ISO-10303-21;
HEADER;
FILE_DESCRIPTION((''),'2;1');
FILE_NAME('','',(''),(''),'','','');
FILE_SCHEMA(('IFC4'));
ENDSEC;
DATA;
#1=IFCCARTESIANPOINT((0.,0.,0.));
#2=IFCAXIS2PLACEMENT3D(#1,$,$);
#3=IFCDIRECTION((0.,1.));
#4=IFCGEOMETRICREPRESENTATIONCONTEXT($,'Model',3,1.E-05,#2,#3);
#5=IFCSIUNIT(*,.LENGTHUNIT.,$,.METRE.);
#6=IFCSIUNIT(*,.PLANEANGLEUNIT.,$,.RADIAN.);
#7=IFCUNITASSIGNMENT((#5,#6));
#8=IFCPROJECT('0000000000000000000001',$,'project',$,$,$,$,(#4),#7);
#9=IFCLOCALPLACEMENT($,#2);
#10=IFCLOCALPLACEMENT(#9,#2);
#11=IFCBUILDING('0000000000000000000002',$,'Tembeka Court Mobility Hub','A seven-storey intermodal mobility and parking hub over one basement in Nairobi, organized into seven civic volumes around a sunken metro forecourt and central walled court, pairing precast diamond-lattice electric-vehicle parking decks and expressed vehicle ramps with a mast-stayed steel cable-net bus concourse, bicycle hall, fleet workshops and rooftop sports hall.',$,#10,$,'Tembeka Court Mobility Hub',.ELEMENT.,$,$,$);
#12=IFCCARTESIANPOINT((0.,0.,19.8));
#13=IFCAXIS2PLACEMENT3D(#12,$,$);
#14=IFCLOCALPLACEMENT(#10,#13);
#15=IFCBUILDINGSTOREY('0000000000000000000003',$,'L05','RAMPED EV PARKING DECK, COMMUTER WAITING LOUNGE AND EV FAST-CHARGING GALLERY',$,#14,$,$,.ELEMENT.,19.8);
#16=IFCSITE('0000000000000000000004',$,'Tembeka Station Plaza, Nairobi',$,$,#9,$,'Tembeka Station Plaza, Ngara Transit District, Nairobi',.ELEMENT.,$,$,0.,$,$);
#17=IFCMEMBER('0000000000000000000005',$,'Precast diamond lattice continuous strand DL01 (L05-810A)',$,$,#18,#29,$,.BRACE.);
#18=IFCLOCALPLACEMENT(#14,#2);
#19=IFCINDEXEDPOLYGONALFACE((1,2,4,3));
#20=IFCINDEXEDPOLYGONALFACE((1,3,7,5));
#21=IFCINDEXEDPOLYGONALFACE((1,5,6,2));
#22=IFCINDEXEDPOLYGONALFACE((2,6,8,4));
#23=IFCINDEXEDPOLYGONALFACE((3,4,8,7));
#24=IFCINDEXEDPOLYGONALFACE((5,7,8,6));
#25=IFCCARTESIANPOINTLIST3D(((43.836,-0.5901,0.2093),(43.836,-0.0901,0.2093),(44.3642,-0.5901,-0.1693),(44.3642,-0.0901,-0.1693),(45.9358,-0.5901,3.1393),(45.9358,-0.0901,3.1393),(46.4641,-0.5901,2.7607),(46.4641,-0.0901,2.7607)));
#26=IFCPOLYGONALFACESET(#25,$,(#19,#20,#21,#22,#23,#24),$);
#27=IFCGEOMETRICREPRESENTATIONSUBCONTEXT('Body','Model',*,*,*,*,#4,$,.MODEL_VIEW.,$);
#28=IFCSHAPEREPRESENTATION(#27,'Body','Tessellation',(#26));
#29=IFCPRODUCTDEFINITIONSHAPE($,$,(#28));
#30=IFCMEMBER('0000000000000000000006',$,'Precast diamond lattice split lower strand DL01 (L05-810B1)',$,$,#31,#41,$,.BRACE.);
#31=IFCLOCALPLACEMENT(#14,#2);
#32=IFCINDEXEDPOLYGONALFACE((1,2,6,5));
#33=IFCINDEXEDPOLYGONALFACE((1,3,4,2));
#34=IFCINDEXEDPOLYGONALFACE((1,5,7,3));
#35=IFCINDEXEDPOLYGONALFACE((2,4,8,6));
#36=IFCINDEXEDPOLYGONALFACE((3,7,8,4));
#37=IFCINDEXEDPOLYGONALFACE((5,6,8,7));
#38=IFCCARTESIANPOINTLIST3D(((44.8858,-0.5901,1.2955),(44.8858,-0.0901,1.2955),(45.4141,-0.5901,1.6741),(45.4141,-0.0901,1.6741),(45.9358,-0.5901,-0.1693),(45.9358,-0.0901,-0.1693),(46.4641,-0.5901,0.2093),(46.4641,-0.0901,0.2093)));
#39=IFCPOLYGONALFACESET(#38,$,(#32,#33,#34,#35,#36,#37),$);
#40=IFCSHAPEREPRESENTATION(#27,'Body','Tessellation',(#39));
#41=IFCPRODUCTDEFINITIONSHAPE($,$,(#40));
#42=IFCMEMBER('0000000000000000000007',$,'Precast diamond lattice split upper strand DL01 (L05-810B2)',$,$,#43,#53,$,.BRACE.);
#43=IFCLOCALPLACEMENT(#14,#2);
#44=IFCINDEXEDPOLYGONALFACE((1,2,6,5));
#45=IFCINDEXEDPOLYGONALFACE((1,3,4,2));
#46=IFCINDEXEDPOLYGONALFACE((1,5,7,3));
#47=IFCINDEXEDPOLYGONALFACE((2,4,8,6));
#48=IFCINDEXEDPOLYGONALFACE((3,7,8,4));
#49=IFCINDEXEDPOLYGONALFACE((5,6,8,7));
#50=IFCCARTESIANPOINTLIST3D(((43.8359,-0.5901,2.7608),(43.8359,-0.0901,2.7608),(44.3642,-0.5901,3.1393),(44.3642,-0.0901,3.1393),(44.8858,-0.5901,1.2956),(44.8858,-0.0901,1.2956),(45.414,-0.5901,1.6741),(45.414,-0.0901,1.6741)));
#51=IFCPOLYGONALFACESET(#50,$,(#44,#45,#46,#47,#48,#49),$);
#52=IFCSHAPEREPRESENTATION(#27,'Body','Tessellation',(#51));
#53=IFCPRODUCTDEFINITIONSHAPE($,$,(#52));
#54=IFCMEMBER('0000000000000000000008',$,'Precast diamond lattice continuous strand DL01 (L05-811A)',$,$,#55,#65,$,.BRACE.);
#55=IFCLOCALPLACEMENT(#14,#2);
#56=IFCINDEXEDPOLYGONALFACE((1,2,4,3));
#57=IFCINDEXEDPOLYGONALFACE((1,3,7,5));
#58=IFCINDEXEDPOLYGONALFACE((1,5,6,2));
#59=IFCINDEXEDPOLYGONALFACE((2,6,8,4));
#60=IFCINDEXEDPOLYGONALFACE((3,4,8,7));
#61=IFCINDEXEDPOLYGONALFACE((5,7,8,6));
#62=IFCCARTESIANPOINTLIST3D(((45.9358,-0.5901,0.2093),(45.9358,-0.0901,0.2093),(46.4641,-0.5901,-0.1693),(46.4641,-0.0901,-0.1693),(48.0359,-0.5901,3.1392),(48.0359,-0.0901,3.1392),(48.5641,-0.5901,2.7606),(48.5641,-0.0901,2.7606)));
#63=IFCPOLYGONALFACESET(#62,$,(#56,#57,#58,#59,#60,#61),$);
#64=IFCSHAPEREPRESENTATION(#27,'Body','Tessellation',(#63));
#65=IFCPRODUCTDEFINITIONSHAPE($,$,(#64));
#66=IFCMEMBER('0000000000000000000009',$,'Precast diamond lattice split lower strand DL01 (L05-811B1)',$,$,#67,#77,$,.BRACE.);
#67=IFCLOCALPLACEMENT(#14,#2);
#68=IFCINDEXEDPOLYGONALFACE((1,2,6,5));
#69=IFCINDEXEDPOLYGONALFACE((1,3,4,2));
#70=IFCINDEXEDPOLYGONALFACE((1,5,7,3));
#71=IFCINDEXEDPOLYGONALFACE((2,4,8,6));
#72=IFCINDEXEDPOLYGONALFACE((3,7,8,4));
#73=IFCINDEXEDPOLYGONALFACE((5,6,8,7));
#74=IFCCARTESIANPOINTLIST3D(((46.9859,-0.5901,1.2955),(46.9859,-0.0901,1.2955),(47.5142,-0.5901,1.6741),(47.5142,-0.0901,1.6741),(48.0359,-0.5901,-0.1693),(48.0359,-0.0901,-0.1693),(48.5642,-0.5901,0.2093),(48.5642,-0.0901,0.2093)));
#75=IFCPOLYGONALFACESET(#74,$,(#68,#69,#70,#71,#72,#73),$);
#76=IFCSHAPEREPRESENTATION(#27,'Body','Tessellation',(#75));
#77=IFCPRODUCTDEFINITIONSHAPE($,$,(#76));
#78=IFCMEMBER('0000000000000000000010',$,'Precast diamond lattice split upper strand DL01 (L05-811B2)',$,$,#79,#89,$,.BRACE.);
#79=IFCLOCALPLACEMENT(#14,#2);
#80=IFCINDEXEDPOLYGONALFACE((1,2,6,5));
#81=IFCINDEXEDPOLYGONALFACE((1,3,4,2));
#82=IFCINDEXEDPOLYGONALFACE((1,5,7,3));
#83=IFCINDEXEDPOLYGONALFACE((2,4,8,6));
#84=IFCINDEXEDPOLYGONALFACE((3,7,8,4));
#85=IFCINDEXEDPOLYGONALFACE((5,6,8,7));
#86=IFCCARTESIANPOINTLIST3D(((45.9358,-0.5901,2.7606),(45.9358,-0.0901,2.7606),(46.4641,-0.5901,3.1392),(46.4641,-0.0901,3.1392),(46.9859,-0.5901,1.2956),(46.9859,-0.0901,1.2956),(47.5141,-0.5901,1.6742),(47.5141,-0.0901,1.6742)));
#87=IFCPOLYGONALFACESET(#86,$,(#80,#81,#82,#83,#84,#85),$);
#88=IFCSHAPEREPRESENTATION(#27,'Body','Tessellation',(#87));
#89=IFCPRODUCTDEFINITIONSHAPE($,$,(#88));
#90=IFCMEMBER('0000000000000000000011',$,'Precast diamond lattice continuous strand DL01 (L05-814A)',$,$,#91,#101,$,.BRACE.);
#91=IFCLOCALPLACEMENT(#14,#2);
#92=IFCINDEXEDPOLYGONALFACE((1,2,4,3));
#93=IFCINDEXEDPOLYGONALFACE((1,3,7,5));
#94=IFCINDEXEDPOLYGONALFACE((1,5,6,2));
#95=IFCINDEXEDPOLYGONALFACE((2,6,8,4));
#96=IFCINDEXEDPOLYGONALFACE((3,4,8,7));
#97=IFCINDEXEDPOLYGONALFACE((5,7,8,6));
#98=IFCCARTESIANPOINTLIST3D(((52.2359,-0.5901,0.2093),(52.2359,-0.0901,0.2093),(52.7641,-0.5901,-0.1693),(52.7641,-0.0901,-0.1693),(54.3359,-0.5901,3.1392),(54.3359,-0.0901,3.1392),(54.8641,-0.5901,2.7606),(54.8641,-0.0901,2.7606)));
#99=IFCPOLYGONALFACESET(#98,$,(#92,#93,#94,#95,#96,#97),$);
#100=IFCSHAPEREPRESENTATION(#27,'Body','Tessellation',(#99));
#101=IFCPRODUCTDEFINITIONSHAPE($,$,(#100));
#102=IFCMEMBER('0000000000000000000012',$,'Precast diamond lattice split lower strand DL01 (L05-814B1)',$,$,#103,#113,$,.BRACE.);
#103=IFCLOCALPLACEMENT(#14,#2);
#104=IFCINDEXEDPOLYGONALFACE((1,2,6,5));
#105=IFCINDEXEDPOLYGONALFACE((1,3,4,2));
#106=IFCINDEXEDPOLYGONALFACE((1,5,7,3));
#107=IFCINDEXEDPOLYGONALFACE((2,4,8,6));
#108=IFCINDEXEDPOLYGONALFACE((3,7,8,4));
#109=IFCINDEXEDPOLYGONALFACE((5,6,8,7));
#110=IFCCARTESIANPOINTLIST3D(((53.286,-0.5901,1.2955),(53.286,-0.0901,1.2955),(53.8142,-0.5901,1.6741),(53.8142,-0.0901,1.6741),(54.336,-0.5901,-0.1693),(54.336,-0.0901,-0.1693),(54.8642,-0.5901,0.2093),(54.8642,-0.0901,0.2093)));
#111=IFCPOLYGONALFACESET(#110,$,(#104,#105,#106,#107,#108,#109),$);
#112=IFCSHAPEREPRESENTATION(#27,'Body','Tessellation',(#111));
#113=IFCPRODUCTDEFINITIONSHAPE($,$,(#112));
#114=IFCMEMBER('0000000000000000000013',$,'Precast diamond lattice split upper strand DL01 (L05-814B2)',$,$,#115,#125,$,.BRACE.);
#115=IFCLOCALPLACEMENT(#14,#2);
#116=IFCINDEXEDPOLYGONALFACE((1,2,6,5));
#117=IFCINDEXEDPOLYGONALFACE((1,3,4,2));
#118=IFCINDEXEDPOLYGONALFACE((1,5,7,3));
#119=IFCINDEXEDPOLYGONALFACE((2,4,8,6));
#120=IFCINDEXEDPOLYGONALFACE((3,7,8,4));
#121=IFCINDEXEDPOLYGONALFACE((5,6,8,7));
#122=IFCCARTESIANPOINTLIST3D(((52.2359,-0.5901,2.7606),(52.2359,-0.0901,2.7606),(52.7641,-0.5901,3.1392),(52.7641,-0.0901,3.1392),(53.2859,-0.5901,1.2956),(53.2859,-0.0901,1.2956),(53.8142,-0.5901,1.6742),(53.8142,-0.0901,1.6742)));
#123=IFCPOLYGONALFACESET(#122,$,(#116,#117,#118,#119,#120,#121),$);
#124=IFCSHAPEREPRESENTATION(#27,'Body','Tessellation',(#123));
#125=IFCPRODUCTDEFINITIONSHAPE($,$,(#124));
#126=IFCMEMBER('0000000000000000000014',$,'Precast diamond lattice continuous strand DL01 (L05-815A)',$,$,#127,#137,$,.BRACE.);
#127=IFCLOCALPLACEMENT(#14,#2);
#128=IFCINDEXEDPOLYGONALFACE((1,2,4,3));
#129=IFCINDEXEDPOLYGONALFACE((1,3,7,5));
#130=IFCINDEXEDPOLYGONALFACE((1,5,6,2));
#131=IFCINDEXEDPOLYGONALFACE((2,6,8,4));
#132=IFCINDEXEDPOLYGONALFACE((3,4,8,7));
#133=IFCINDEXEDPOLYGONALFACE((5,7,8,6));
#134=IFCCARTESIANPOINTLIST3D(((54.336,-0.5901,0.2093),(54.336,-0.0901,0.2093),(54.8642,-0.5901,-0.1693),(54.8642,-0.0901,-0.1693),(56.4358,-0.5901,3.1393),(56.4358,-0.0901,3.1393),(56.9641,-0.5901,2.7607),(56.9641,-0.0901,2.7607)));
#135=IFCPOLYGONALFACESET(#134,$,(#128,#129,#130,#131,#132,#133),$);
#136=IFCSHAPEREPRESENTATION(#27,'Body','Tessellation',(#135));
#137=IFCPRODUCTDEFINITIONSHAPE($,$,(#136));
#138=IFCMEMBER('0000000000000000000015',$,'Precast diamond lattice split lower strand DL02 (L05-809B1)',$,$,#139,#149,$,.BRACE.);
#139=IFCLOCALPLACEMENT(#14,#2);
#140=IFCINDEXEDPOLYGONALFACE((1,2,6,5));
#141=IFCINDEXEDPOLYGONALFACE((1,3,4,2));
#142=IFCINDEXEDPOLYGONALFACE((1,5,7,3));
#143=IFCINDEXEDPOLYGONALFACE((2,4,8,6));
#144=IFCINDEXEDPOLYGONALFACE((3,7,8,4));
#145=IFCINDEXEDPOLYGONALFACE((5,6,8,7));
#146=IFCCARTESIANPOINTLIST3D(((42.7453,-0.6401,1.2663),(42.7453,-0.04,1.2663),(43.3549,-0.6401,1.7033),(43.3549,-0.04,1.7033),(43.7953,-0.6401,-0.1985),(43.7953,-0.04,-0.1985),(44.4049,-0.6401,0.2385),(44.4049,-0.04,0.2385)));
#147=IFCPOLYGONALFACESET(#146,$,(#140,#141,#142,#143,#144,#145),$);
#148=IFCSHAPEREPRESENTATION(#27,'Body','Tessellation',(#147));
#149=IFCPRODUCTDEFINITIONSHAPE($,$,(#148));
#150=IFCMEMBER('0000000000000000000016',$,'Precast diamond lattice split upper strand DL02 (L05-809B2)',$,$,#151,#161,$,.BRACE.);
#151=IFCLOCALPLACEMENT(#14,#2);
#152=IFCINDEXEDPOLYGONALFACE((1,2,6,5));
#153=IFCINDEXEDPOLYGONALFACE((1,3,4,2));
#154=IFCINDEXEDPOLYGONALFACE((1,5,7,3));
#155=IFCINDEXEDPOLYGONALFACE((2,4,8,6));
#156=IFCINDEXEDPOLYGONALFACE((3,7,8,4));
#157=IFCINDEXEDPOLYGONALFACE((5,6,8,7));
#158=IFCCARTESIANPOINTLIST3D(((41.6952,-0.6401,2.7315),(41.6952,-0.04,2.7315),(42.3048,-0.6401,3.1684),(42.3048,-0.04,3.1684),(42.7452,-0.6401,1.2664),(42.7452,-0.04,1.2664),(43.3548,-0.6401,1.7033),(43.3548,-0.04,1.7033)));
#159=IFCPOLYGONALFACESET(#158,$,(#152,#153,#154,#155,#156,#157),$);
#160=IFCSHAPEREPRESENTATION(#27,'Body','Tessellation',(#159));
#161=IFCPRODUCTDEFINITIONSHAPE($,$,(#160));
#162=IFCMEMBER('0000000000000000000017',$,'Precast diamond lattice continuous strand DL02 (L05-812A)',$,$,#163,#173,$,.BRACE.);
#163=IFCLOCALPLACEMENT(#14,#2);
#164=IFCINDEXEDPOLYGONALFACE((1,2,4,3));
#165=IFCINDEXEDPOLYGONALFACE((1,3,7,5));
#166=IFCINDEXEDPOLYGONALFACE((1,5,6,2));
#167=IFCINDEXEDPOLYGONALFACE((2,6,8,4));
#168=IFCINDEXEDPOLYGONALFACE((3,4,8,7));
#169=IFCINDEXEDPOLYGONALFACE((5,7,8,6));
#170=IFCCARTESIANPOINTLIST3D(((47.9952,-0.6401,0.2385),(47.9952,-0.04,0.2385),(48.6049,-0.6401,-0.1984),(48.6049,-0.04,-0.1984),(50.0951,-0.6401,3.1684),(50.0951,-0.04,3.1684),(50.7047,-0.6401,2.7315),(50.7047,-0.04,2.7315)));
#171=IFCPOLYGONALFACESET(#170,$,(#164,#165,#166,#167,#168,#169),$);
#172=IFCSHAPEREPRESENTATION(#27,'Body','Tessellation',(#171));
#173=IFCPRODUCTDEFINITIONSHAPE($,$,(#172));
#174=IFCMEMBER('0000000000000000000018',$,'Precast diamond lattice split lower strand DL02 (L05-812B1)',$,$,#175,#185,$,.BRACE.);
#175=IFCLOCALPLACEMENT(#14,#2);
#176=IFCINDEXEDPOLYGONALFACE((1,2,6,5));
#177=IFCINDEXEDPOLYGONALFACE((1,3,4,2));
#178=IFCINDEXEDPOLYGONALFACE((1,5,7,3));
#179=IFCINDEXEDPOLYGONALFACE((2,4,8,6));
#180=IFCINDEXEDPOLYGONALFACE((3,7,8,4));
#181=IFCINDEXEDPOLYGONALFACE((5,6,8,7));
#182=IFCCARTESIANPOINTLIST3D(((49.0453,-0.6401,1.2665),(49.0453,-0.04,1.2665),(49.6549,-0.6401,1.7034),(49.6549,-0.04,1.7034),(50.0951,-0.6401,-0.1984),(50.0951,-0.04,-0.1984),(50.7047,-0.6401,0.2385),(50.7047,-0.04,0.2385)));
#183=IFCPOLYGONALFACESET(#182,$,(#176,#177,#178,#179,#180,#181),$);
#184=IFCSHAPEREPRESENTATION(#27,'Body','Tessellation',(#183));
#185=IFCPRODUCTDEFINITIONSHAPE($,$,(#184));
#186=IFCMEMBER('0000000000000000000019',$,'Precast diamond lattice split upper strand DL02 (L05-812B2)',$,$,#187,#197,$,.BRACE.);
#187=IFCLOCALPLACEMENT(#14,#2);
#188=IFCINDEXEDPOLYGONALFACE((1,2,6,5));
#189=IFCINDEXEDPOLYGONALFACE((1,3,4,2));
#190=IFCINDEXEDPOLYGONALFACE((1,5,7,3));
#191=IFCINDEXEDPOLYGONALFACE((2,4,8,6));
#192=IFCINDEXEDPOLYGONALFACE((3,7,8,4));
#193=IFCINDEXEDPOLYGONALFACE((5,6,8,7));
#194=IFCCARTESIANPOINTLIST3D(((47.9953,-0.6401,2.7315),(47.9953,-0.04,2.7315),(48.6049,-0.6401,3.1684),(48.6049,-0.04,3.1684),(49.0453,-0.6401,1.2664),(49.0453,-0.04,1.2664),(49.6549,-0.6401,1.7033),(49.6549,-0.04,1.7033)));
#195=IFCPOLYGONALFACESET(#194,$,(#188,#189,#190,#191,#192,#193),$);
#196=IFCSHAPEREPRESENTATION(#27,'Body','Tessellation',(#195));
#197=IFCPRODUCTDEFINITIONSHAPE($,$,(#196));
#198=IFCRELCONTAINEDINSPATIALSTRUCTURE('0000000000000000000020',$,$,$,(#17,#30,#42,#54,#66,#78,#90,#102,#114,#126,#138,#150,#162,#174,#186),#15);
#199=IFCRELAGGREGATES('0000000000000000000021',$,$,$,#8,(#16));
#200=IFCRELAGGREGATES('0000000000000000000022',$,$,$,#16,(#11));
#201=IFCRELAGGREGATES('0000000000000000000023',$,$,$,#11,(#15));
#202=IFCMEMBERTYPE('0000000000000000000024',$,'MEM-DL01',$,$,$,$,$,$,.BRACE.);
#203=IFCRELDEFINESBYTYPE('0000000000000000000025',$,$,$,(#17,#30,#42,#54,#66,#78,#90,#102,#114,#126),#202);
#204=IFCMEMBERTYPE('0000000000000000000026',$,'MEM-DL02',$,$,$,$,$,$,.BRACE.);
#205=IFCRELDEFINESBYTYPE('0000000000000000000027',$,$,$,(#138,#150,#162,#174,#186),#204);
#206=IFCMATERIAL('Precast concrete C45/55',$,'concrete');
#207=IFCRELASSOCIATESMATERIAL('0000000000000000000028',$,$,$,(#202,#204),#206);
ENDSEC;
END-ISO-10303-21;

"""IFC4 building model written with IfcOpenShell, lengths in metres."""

from ifc_helpers import new_model, si_unit, direction, frame, origin, origin_2d, place, context, subcontext, project, spatial, rectangle, extrude, material, material_profile, profile_set, type_object, element, save


model = new_model("IFC4")

# Units and contexts
model_context = context("Model", 3, precision=1e-05, world=origin(), true_north=direction((0.0, 1.0)))
body_context = subcontext(model_context, "Body", "Model", "MODEL_VIEW")
ifc_project = project(units=[si_unit("LENGTHUNIT", "METRE"), si_unit("PLANEANGLEUNIT", "RADIAN")], contexts=[model_context])

# Site, building, storey
site_placement = place(None, origin())
site = spatial("IfcSite", under=ifc_project, at=site_placement, Name="Tembeka Station Plaza, Nairobi", LongName="Tembeka Station Plaza, Ngara Transit District, Nairobi", CompositionType="ELEMENT", RefElevation=0.0)
building_placement = place(site_placement, origin())
building = spatial("IfcBuilding", under=site, at=building_placement, Name="Tembeka Court Mobility Hub", Description="A seven-storey intermodal mobility and parking hub over one basement in Nairobi, organized into seven civic volumes around a sunken metro forecourt and central walled court, pairing precast diamond-lattice electric-vehicle parking decks and expressed vehicle ramps with a mast-stayed steel cable-net bus concourse, bicycle hall, fleet workshops and rooftop sports hall.", LongName="Tembeka Court Mobility Hub", CompositionType="ELEMENT")
storey_placement = place(building_placement, frame((0.0, 0.0, 19.8)))
storey = spatial("IfcBuildingStorey", under=building, at=storey_placement, Name="L05", Description="RAMPED EV PARKING DECK, COMMUTER WAITING LOUNGE AND EV FAST-CHARGING GALLERY", CompositionType="ELEMENT", Elevation=19.8)

# Members
ifc_material = material(Name="Precast concrete C45/55", Category="concrete")
ifc_material_profile_1 = material_profile(ifc_material, rectangle(XDim=0.5, YDim=0.6499, at=origin_2d()), Name="PC-DIAG 500x650")
ifc_profile_set_1 = profile_set([ifc_material_profile_1], Name="Precast concrete C45/55")
member_type_1 = type_object("IfcMemberType", Name="MEM-DL01", PredefinedType="BRACE", material=ifc_profile_set_1)
member_1_placement = place(storey_placement, frame((44.1001, -0.3401, 0.02), z_axis=(0.582532, 0.0, 0.812808), x_axis=(0.0, 1.0, 0.0)))
element("IfcMember", 1, at=member_1_placement, inside=storey, type_object=member_type_1, Name="Precast diamond lattice continuous strand DL01 (L05-810A)", PredefinedType="BRACE", context=body_context, shape_type="SweptSolid", body=[
    extrude(rectangle(XDim=0.5, YDim=0.6499, at=origin_2d()), origin(), (0.0, 0.0, 1.0), 3.6047),
])
member_2_placement = place(storey_placement, frame((46.2, -0.3401, 0.02), z_axis=(-0.582608, 0.0, 0.812753), x_axis=(0.0, -1.0, 0.0)))
element("IfcMember", 2, at=member_2_placement, inside=storey, type_object=member_type_1, Name="Precast diamond lattice split lower strand DL01 (L05-810B1)", PredefinedType="BRACE", context=body_context, shape_type="SweptSolid", body=[
    extrude(rectangle(XDim=0.5, YDim=0.6499, at=origin_2d()), origin(), (0.0, 0.0, 1.0), 1.8022),
])
member_3_placement = place(storey_placement, frame((45.1499, -0.3401, 1.4849), z_axis=(-0.582455, 0.0, 0.812863), x_axis=(0.0, -1.0, 0.0)))
element("IfcMember", 3, at=member_3_placement, inside=storey, type_object=member_type_1, Name="Precast diamond lattice split upper strand DL01 (L05-810B2)", PredefinedType="BRACE", context=body_context, shape_type="SweptSolid", body=[
    extrude(rectangle(XDim=0.5, YDim=0.6499, at=origin_2d()), origin(), (0.0, 0.0, 1.0), 1.8025),
])
member_4_placement = place(storey_placement, frame((46.2, -0.3401, 0.02), z_axis=(0.582576, 0.0, 0.812776), x_axis=(0.0, 1.0, 0.0)))
element("IfcMember", 4, at=member_4_placement, inside=storey, type_object=member_type_1, Name="Precast diamond lattice continuous strand DL01 (L05-811A)", PredefinedType="BRACE", context=body_context, shape_type="SweptSolid", body=[
    extrude(rectangle(XDim=0.5, YDim=0.6499, at=origin_2d()), origin(), (0.0, 0.0, 1.0), 3.6047),
])
member_5_placement = place(storey_placement, frame((48.3, -0.3401, 0.02), z_axis=(-0.582608, 0.0, 0.812753), x_axis=(0.0, -1.0, 0.0)))
element("IfcMember", 5, at=member_5_placement, inside=storey, type_object=member_type_1, Name="Precast diamond lattice split lower strand DL01 (L05-811B1)", PredefinedType="BRACE", context=body_context, shape_type="SweptSolid", body=[
    extrude(rectangle(XDim=0.5, YDim=0.6499, at=origin_2d()), origin(), (0.0, 0.0, 1.0), 1.8022),
])
member_6_placement = place(storey_placement, frame((47.25, -0.3401, 1.4849), z_axis=(-0.582544, 0.0, 0.812799), x_axis=(0.0, -1.0, 0.0)))
element("IfcMember", 6, at=member_6_placement, inside=storey, type_object=member_type_1, Name="Precast diamond lattice split upper strand DL01 (L05-811B2)", PredefinedType="BRACE", context=body_context, shape_type="SweptSolid", body=[
    extrude(rectangle(XDim=0.5, YDim=0.6499, at=origin_2d()), origin(), (0.0, 0.0, 1.0), 1.8025),
])
member_7_placement = place(storey_placement, frame((52.5, -0.3401, 0.02), z_axis=(0.582576, 0.0, 0.812776), x_axis=(0.0, 1.0, 0.0)))
element("IfcMember", 7, at=member_7_placement, inside=storey, type_object=member_type_1, Name="Precast diamond lattice continuous strand DL01 (L05-814A)", PredefinedType="BRACE", context=body_context, shape_type="SweptSolid", body=[
    extrude(rectangle(XDim=0.5, YDim=0.6499, at=origin_2d()), origin(), (0.0, 0.0, 1.0), 3.6047),
])
member_8_placement = place(storey_placement, frame((54.6001, -0.3401, 0.02), z_axis=(-0.582608, 0.0, 0.812753), x_axis=(0.0, -1.0, 0.0)))
element("IfcMember", 8, at=member_8_placement, inside=storey, type_object=member_type_1, Name="Precast diamond lattice split lower strand DL01 (L05-814B1)", PredefinedType="BRACE", context=body_context, shape_type="SweptSolid", body=[
    extrude(rectangle(XDim=0.5, YDim=0.6499, at=origin_2d()), origin(), (0.0, 0.0, 1.0), 1.8022),
])
member_9_placement = place(storey_placement, frame((53.55, -0.3401, 1.4849), z_axis=(-0.582544, 0.0, 0.812799), x_axis=(0.0, -1.0, 0.0)))
element("IfcMember", 9, at=member_9_placement, inside=storey, type_object=member_type_1, Name="Precast diamond lattice split upper strand DL01 (L05-814B2)", PredefinedType="BRACE", context=body_context, shape_type="SweptSolid", body=[
    extrude(rectangle(XDim=0.5, YDim=0.6499, at=origin_2d()), origin(), (0.0, 0.0, 1.0), 1.8025),
])
member_10_placement = place(storey_placement, frame((54.6001, -0.3401, 0.02), z_axis=(0.582532, 0.0, 0.812808), x_axis=(0.0, 1.0, 0.0)))
element("IfcMember", 10, at=member_10_placement, inside=storey, type_object=member_type_1, Name="Precast diamond lattice continuous strand DL01 (L05-815A)", PredefinedType="BRACE", context=body_context, shape_type="SweptSolid", body=[
    extrude(rectangle(XDim=0.5, YDim=0.6499, at=origin_2d()), origin(), (0.0, 0.0, 1.0), 3.6047),
])
ifc_material_profile_2 = material_profile(ifc_material, rectangle(XDim=0.6001, YDim=0.75, at=origin_2d()), Name="PC-DIAG 600x750")
ifc_profile_set_2 = profile_set([ifc_material_profile_2], Name="Precast concrete C45/55")
member_type_2 = type_object("IfcMemberType", Name="MEM-DL02", PredefinedType="BRACE", material=ifc_profile_set_2)
member_11_placement = place(storey_placement, frame((44.1001, -0.3401, 0.02), z_axis=(-0.582608, 0.0, 0.812753), x_axis=(0.0, -1.0, 0.0)))
element("IfcMember", 11, at=member_11_placement, inside=storey, type_object=member_type_2, Name="Precast diamond lattice split lower strand DL02 (L05-809B1)", PredefinedType="BRACE", context=body_context, shape_type="SweptSolid", body=[
    extrude(rectangle(XDim=0.6001, YDim=0.75, at=origin_2d()), origin(), (0.0, 0.0, 1.0), 1.8022),
])
member_12_placement = place(storey_placement, frame((43.05, -0.3401, 1.4849), z_axis=(-0.582544, 0.0, 0.812799), x_axis=(0.0, -1.0, 0.0)))
element("IfcMember", 12, at=member_12_placement, inside=storey, type_object=member_type_2, Name="Precast diamond lattice split upper strand DL02 (L05-809B2)", PredefinedType="BRACE", context=body_context, shape_type="SweptSolid", body=[
    extrude(rectangle(XDim=0.6001, YDim=0.75, at=origin_2d()), origin(), (0.0, 0.0, 1.0), 1.8025),
])
member_13_placement = place(storey_placement, frame((48.3, -0.3401, 0.02), z_axis=(0.582532, 0.0, 0.812808), x_axis=(0.0, 1.0, 0.0)))
element("IfcMember", 13, at=member_13_placement, inside=storey, type_object=member_type_2, Name="Precast diamond lattice continuous strand DL02 (L05-812A)", PredefinedType="BRACE", context=body_context, shape_type="SweptSolid", body=[
    extrude(rectangle(XDim=0.6001, YDim=0.75, at=origin_2d()), origin(), (0.0, 0.0, 1.0), 3.6047),
])
member_14_placement = place(storey_placement, frame((50.3999, -0.3401, 0.02), z_axis=(-0.582519, 0.0, 0.812817), x_axis=(0.0, -1.0, 0.0)))
element("IfcMember", 14, at=member_14_placement, inside=storey, type_object=member_type_2, Name="Precast diamond lattice split lower strand DL02 (L05-812B1)", PredefinedType="BRACE", context=body_context, shape_type="SweptSolid", body=[
    extrude(rectangle(XDim=0.6001, YDim=0.75, at=origin_2d()), origin(), (0.0, 0.0, 1.0), 1.8022),
])
member_15_placement = place(storey_placement, frame((49.3501, -0.3401, 1.4849), z_axis=(-0.582544, 0.0, 0.812799), x_axis=(0.0, -1.0, 0.0)))
element("IfcMember", 15, at=member_15_placement, inside=storey, type_object=member_type_2, Name="Precast diamond lattice split upper strand DL02 (L05-812B2)", PredefinedType="BRACE", context=body_context, shape_type="SweptSolid", body=[
    extrude(rectangle(XDim=0.6001, YDim=0.75, at=origin_2d()), origin(), (0.0, 0.0, 1.0), 1.8025),
])

save(model, "model.ifc")
